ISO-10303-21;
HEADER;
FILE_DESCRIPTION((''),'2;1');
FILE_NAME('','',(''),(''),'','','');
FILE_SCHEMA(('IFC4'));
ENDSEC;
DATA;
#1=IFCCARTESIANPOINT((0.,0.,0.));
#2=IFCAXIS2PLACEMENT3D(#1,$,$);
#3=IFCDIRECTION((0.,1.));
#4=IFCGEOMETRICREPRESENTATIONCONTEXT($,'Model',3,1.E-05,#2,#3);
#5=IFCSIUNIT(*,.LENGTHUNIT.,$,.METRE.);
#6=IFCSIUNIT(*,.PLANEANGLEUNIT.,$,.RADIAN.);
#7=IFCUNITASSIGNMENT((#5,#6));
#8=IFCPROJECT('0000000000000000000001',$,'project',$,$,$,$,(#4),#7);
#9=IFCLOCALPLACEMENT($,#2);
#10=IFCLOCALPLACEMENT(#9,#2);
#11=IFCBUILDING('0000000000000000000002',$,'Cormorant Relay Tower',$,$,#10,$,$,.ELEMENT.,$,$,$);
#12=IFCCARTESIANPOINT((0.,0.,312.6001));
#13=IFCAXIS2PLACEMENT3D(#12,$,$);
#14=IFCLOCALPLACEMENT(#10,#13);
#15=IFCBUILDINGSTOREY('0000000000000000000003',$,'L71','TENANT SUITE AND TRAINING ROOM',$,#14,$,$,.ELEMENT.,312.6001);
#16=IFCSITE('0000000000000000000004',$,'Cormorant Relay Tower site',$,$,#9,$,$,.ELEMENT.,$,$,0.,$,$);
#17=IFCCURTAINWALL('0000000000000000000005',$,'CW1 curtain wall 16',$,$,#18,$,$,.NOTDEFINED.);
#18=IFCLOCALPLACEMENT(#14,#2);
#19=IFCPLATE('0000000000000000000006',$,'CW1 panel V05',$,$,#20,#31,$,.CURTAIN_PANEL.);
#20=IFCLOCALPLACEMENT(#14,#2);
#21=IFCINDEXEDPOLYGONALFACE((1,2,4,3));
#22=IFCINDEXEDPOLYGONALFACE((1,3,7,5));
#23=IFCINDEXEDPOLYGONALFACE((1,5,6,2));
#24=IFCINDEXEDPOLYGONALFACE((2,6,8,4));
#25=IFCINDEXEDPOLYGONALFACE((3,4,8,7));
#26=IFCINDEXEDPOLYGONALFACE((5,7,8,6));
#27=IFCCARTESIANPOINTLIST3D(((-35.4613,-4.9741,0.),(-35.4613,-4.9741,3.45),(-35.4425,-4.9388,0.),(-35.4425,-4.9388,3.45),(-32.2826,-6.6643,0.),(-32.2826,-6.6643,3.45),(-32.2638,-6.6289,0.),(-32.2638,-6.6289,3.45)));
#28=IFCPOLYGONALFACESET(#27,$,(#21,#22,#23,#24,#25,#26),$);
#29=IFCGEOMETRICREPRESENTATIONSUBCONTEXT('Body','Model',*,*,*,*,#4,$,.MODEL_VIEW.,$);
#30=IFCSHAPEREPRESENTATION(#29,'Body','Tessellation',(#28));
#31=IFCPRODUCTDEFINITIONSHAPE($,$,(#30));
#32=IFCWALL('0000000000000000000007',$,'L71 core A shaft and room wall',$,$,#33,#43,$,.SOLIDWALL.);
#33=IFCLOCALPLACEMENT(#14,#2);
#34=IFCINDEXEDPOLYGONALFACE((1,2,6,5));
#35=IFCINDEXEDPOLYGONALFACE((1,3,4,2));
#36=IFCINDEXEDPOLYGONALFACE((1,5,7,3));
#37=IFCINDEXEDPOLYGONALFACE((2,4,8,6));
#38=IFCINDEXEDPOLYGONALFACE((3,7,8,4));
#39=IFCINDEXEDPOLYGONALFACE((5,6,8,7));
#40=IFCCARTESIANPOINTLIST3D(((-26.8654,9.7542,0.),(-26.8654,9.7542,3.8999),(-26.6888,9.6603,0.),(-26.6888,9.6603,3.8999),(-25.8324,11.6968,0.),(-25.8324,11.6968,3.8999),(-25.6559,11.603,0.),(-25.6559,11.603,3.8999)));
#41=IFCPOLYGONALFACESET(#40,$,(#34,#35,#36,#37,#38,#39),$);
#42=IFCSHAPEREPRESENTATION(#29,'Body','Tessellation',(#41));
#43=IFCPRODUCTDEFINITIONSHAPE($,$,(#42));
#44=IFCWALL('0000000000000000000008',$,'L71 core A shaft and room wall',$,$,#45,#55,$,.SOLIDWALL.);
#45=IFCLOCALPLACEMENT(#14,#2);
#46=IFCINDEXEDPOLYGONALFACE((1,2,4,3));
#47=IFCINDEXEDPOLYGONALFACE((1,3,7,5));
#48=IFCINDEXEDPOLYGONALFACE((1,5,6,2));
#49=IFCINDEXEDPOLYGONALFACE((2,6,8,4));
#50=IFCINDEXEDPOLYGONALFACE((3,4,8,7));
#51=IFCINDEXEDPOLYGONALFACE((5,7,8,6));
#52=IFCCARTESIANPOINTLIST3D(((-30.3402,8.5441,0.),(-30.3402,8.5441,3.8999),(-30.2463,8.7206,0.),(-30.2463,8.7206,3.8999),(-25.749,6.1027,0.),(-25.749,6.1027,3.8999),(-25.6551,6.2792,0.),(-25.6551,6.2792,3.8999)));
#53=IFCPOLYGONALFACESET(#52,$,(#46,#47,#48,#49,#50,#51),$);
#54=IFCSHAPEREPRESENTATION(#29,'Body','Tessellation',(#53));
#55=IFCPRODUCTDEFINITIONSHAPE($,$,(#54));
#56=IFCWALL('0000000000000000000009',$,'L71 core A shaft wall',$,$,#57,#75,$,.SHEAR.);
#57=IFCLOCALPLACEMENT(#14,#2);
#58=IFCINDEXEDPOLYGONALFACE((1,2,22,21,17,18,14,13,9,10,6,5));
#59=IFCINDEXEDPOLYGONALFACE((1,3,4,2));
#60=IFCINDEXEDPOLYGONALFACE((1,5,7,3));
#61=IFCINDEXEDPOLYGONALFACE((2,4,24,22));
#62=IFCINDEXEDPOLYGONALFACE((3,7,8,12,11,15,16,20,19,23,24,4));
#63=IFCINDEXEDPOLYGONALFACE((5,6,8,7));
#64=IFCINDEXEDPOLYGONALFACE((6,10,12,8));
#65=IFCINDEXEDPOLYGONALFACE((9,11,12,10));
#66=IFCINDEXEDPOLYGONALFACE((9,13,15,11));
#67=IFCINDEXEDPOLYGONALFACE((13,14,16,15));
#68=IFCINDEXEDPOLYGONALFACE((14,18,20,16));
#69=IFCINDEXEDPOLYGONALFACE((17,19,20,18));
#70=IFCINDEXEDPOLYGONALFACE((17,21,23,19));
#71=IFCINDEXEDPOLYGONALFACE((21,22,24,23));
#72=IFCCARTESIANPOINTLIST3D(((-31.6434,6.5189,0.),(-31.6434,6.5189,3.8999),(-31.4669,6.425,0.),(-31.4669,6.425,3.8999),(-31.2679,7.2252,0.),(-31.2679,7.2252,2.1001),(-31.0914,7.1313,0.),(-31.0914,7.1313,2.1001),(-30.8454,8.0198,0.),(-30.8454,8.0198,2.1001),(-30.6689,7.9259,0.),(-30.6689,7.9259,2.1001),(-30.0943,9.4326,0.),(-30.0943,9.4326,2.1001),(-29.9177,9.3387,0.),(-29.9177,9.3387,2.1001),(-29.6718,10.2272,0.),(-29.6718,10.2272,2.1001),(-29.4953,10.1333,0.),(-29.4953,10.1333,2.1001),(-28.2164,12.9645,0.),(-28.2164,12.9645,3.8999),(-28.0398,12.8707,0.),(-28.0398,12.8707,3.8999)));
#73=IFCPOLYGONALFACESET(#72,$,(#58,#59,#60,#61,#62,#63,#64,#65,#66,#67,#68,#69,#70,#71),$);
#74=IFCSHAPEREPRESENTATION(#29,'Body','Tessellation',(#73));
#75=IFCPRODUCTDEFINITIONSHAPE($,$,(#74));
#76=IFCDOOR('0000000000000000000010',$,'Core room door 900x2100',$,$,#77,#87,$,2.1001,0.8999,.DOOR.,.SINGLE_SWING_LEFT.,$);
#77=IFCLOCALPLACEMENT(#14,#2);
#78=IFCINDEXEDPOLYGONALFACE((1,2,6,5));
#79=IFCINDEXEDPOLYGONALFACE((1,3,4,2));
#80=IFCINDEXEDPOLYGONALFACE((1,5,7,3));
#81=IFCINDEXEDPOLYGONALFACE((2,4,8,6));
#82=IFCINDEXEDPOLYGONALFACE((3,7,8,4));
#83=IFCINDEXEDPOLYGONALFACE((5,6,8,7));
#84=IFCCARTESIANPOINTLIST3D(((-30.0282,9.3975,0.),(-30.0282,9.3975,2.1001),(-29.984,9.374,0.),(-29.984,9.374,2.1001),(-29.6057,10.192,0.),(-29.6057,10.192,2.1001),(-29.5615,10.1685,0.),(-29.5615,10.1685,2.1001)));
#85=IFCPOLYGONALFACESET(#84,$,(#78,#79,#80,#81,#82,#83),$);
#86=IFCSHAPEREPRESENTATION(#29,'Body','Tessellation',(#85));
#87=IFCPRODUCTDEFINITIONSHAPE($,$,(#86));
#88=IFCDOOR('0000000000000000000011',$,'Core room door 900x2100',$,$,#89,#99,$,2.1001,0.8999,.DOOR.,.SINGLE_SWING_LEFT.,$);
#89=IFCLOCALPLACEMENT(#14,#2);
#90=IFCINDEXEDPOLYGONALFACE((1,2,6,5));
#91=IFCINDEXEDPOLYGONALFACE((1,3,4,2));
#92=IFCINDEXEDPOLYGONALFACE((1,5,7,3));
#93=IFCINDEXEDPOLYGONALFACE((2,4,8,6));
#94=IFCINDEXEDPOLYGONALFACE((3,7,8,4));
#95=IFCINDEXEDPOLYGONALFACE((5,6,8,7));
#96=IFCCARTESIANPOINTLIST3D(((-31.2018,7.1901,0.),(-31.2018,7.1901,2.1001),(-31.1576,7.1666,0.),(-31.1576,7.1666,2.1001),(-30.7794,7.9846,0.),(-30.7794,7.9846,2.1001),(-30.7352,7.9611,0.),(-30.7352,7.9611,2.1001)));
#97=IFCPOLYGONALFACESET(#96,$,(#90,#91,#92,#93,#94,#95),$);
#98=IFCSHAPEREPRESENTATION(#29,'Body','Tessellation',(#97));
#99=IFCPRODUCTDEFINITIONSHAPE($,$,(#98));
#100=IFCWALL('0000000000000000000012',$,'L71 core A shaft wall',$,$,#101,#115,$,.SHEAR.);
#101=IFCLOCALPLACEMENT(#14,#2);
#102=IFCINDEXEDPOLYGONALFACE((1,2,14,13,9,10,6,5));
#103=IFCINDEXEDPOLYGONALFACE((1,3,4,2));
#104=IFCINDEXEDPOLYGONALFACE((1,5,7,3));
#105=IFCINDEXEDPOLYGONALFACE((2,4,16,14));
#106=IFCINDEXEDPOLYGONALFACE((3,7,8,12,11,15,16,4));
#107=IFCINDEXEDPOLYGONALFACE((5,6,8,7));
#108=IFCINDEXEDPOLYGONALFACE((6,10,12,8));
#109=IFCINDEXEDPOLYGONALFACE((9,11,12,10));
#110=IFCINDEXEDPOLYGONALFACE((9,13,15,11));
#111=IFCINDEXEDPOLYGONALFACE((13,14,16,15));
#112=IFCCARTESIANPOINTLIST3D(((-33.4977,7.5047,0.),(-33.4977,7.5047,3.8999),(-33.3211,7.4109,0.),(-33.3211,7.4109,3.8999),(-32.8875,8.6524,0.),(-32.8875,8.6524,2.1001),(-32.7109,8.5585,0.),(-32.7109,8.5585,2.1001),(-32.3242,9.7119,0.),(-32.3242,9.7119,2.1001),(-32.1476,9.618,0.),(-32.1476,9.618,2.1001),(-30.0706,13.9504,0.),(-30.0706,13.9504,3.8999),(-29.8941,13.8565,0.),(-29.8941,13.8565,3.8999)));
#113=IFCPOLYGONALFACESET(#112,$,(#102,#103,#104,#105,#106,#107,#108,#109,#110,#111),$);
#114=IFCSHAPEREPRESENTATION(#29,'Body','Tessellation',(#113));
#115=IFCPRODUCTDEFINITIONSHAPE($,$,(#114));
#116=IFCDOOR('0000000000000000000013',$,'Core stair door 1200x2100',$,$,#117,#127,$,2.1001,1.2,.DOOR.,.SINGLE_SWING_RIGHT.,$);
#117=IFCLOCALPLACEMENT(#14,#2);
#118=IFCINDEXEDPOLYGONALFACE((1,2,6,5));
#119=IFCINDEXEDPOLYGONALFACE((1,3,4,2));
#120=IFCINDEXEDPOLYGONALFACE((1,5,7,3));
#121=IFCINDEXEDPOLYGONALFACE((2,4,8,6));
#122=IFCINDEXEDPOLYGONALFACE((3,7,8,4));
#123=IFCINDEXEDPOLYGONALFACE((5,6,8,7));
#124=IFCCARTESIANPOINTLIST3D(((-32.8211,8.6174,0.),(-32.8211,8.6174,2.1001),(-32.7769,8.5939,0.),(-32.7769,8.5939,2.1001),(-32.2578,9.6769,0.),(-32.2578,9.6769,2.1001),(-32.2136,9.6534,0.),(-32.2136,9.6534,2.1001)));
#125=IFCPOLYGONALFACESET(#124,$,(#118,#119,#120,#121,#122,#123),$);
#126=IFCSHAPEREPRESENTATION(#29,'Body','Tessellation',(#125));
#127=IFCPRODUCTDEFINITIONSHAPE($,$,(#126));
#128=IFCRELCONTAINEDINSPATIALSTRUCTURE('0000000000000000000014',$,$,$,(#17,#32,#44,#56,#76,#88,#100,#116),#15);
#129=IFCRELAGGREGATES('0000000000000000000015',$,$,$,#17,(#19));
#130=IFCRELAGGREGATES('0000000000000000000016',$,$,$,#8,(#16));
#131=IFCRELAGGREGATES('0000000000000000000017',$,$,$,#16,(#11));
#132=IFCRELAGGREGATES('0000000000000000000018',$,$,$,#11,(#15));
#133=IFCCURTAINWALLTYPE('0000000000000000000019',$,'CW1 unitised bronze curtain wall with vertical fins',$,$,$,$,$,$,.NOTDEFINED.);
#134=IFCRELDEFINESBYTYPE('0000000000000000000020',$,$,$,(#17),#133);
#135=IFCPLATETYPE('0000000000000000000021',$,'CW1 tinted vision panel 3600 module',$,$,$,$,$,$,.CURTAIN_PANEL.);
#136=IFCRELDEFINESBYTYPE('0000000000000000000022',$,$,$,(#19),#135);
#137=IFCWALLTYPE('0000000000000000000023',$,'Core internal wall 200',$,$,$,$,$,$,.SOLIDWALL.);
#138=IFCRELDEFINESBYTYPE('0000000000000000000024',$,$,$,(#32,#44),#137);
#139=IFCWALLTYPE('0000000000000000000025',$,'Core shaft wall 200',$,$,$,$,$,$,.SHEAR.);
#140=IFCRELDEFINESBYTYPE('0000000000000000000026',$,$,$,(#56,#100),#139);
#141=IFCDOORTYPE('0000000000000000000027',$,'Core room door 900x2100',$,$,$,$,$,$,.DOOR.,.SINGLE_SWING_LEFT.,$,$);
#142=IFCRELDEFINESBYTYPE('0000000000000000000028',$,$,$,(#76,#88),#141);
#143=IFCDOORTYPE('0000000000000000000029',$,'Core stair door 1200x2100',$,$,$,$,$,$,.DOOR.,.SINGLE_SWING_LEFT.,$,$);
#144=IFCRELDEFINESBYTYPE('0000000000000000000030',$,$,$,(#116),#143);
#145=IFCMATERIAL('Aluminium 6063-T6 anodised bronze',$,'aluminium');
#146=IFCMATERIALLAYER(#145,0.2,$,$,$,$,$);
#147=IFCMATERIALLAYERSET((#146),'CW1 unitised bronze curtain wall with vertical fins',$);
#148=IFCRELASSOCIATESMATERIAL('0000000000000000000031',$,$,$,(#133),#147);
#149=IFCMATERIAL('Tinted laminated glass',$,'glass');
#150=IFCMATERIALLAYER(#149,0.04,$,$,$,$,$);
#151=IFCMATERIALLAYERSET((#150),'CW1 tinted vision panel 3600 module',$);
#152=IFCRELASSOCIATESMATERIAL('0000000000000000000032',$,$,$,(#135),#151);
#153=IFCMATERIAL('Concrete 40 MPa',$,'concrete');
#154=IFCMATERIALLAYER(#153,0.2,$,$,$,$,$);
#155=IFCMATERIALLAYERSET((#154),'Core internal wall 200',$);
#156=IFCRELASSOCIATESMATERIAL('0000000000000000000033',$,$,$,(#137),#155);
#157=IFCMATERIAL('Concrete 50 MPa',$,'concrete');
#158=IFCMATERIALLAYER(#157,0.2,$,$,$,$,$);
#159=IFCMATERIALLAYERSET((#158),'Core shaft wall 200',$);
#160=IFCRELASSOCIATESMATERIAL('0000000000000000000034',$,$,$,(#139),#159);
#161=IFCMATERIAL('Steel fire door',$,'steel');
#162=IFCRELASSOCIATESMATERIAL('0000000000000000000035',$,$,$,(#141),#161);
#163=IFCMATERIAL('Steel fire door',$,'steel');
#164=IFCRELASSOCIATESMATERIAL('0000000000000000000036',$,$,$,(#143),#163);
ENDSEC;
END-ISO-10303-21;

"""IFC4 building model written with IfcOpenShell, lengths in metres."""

from ifc_helpers import new_model, si_unit, direction, frame, frame_2d, origin, origin_2d, place, context, subcontext, project, spatial, rectangle, extrude, material, layer, layer_set, type_object, element, fill, aggregate, save


model = new_model("IFC4")

# Units and contexts
model_context = context("Model", 3, precision=1e-05, world=origin(), true_north=direction((0.0, 1.0)))
body_context = subcontext(model_context, "Body", "Model", "MODEL_VIEW")
ifc_project = project(units=[si_unit("LENGTHUNIT", "METRE"), si_unit("PLANEANGLEUNIT", "RADIAN")], contexts=[model_context])

# Site, building, storey
site_placement = place(None, origin())
site = spatial("IfcSite", under=ifc_project, at=site_placement, Name="Cormorant Relay Tower site", CompositionType="ELEMENT", RefElevation=0.0)
building_placement = place(site_placement, origin())
building = spatial("IfcBuilding", under=site, at=building_placement, Name="Cormorant Relay Tower", CompositionType="ELEMENT")
storey_placement = place(building_placement, frame((0.0, 0.0, 312.6001)))
storey = spatial("IfcBuildingStorey", under=building, at=storey_placement, Name="L71", Description="TENANT SUITE AND TRAINING ROOM", CompositionType="ELEMENT", Elevation=312.6001)

# Curtain wall, plate
ifc_material_1 = material(Name="Aluminium 6063-T6 anodised bronze", Category="aluminium")
ifc_layer_1 = layer(ifc_material_1, 0.2)
ifc_layer_set_1 = layer_set([ifc_layer_1], Name="CW1 unitised bronze curtain wall with vertical fins")
curtain_wall_type = type_object("IfcCurtainWallType", Name="CW1 unitised bronze curtain wall with vertical fins", PredefinedType="NOTDEFINED", material=ifc_layer_set_1)
curtain_wall_placement = place(storey_placement, origin())
curtain_wall = element("IfcCurtainWall", 1, at=curtain_wall_placement, inside=storey, type_object=curtain_wall_type, Name="CW1 curtain wall 16", PredefinedType="NOTDEFINED")
ifc_material_2 = material(Name="Tinted laminated glass", Category="glass")
ifc_layer_2 = layer(ifc_material_2, 0.04)
ifc_layer_set_2 = layer_set([ifc_layer_2], Name="CW1 tinted vision panel 3600 module")
plate_type = type_object("IfcPlateType", Name="CW1 tinted vision panel 3600 module", PredefinedType="CURTAIN_PANEL", material=ifc_layer_set_2)
plate_placement = place(storey_placement, frame((-33.8625, -5.8015, 0.0), z_axis=(0.0, 0.0, 1.0), x_axis=(0.882948, -0.469472, 0.0)))
plate = element("IfcPlate", 2, at=plate_placement, type_object=plate_type, Name="CW1 panel V05", PredefinedType="CURTAIN_PANEL", context=body_context, shape_type="SweptSolid", body=[
    extrude(rectangle(XDim=3.6001, YDim=0.04, at=origin_2d()), origin(), (0.0, 0.0, 1.0), 3.45),
])
aggregate(curtain_wall, [plate])

# Walls
ifc_material_3 = material(Name="Concrete 40 MPa", Category="concrete")
ifc_layer_3 = layer(ifc_material_3, 0.2)
ifc_layer_set_3 = layer_set([ifc_layer_3], Name="Core internal wall 200")
wall_type_1 = type_object("IfcWallType", Name="Core internal wall 200", PredefinedType="SOLIDWALL", material=ifc_layer_set_3)
wall_1_placement = place(storey_placement, frame((-25.7441, 11.6499, 0.0), z_axis=(0.0, 0.0, 1.0), x_axis=(-0.469488, -0.882939, 0.0)))
element("IfcWall", 3, at=wall_1_placement, inside=storey, type_object=wall_type_1, Name="L71 core A shaft and room wall", PredefinedType="SOLIDWALL", context=body_context, shape_type="SweptSolid", body=[
    extrude(rectangle(XDim=2.2002, YDim=0.2, at=frame_2d((1.1001, 0.0))), origin(), (0.0, 0.0, 1.0), 3.8999),
])
wall_2_placement = place(storey_placement, frame((-25.7019, 6.1909, 0.0), z_axis=(0.0, 0.0, 1.0), x_axis=(-0.882935, 0.469496, 0.0)))
element("IfcWall", 4, at=wall_2_placement, inside=storey, type_object=wall_type_1, Name="L71 core A shaft and room wall", PredefinedType="SOLIDWALL", context=body_context, shape_type="SweptSolid", body=[
    extrude(rectangle(XDim=5.2, YDim=0.2, at=frame_2d((2.6001, 0.0))), origin(), (0.0, 0.0, 1.0), 3.8999),
])

# Wall, openings, doors
ifc_material_4 = material(Name="Concrete 50 MPa", Category="concrete")
ifc_layer_4 = layer(ifc_material_4, 0.2)
ifc_layer_set_4 = layer_set([ifc_layer_4], Name="Core shaft wall 200")
wall_type_2 = type_object("IfcWallType", Name="Core shaft wall 200", PredefinedType="SHEAR", material=ifc_layer_set_4)
wall_3_placement = place(storey_placement, frame((-28.1282, 12.9175, 0.0), z_axis=(0.0, 0.0, 1.0), x_axis=(-0.469454, -0.882957, 0.0)))
wall_3 = element("IfcWall", 5, at=wall_3_placement, inside=storey, type_object=wall_type_2, Name="L71 core A shaft wall", PredefinedType="SHEAR", context=body_context, shape_type="SweptSolid", body=[
    extrude(rectangle(XDim=7.3, YDim=0.2, at=frame_2d((3.6499, 0.0))), origin(), (0.0, 0.0, 1.0), 3.8999),
])
opening_1_placement = place(wall_3_placement, frame((3.1001, 0.0, 0.0)))
opening_1 = element("IfcOpeningElement", 6, at=opening_1_placement, cuts=wall_3, PredefinedType="OPENING", context=body_context, shape_type="SweptSolid", body=[
    extrude(rectangle(XDim=0.8999, YDim=2.1001, at=frame_2d((0.45, 1.05))), frame((0.0, 0.1099, 0.0), z_axis=(0.0, -1.0, 0.0), x_axis=(1.0, 0.0, 0.0)), (0.0, 0.0, 1.0), 0.22),
])
opening_2_placement = place(wall_3_placement, frame((5.6001, 0.0, 0.0)))
opening_2 = element("IfcOpeningElement", 7, at=opening_2_placement, cuts=wall_3, PredefinedType="OPENING", context=body_context, shape_type="SweptSolid", body=[
    extrude(rectangle(XDim=0.8999, YDim=2.1001, at=frame_2d((0.45, 1.05))), frame((0.0, 0.1099, 0.0), z_axis=(0.0, -1.0, 0.0), x_axis=(1.0, 0.0, 0.0)), (0.0, 0.0, 1.0), 0.22),
])
ifc_material_5 = material(Name="Steel fire door", Category="steel")
door_type_1 = type_object("IfcDoorType", Name="Core room door 900x2100", OperationType="SINGLE_SWING_LEFT", PredefinedType="DOOR", material=ifc_material_5)
door_1_placement = place(opening_1_placement, origin())
door_1 = element("IfcDoor", 8, at=door_1_placement, inside=storey, type_object=door_type_1, Name="Core room door 900x2100", OperationType="SINGLE_SWING_LEFT", OverallHeight=2.1001, OverallWidth=0.8999, PredefinedType="DOOR", context=body_context, shape_type="SweptSolid", body=[
    extrude(rectangle(XDim=0.8999, YDim=2.1001, at=frame_2d((0.45, 1.05))), frame((0.0, 0.0249, 0.0), z_axis=(0.0, -1.0, 0.0), x_axis=(1.0, 0.0, 0.0)), (0.0, 0.0, 1.0), 0.05),
])
fill(opening_1, door_1)
door_2_placement = place(opening_2_placement, origin())
door_2 = element("IfcDoor", 9, at=door_2_placement, inside=storey, type_object=door_type_1, Name="Core room door 900x2100", OperationType="SINGLE_SWING_LEFT", OverallHeight=2.1001, OverallWidth=0.8999, PredefinedType="DOOR", context=body_context, shape_type="SweptSolid", body=[
    extrude(rectangle(XDim=0.8999, YDim=2.1001, at=frame_2d((0.45, 1.05))), frame((0.0, 0.0249, 0.0), z_axis=(0.0, -1.0, 0.0), x_axis=(1.0, 0.0, 0.0)), (0.0, 0.0, 1.0), 0.05),
])
fill(opening_2, door_2)

# Wall, opening, door
wall_4_placement = place(storey_placement, frame((-29.9824, 13.9033, 0.0), z_axis=(0.0, 0.0, 1.0), x_axis=(-0.469454, -0.882957, 0.0)))
wall_4 = element("IfcWall", 10, at=wall_4_placement, inside=storey, type_object=wall_type_2, Name="L71 core A shaft wall", PredefinedType="SHEAR", context=body_context, shape_type="SweptSolid", body=[
    extrude(rectangle(XDim=7.3, YDim=0.2, at=frame_2d((3.6499, 0.0))), origin(), (0.0, 0.0, 1.0), 3.8999),
])
opening_3_placement = place(wall_4_placement, frame((4.8, 0.0, 0.0)))
opening_3 = element("IfcOpeningElement", 11, at=opening_3_placement, cuts=wall_4, PredefinedType="OPENING", context=body_context, shape_type="SweptSolid", body=[
    extrude(rectangle(XDim=1.2, YDim=2.1001, at=frame_2d((0.6001, 1.05))), frame((0.0, 0.1099, 0.0), z_axis=(0.0, -1.0, 0.0), x_axis=(1.0, 0.0, 0.0)), (0.0, 0.0, 1.0), 0.22),
])
ifc_material_6 = material(Name="Steel fire door", Category="steel")
door_type_2 = type_object("IfcDoorType", Name="Core stair door 1200x2100", OperationType="SINGLE_SWING_LEFT", PredefinedType="DOOR", material=ifc_material_6)
door_3_placement = place(opening_3_placement, frame((1.2, 0.0, 0.0), z_axis=(0.0, 0.0, 1.0), x_axis=(-1.0, 0.0, 0.0)))
door_3 = element("IfcDoor", 12, at=door_3_placement, inside=storey, type_object=door_type_2, Name="Core stair door 1200x2100", OperationType="SINGLE_SWING_RIGHT", OverallHeight=2.1001, OverallWidth=1.2, PredefinedType="DOOR", context=body_context, shape_type="SweptSolid", body=[
    extrude(rectangle(XDim=1.2, YDim=2.1001, at=frame_2d((0.6001, 1.05))), frame((0.0, 0.0249, 0.0), z_axis=(0.0, -1.0, 0.0), x_axis=(1.0, 0.0, 0.0)), (0.0, 0.0, 1.0), 0.05),
])
fill(opening_3, door_3)

save(model, "model.ifc")
